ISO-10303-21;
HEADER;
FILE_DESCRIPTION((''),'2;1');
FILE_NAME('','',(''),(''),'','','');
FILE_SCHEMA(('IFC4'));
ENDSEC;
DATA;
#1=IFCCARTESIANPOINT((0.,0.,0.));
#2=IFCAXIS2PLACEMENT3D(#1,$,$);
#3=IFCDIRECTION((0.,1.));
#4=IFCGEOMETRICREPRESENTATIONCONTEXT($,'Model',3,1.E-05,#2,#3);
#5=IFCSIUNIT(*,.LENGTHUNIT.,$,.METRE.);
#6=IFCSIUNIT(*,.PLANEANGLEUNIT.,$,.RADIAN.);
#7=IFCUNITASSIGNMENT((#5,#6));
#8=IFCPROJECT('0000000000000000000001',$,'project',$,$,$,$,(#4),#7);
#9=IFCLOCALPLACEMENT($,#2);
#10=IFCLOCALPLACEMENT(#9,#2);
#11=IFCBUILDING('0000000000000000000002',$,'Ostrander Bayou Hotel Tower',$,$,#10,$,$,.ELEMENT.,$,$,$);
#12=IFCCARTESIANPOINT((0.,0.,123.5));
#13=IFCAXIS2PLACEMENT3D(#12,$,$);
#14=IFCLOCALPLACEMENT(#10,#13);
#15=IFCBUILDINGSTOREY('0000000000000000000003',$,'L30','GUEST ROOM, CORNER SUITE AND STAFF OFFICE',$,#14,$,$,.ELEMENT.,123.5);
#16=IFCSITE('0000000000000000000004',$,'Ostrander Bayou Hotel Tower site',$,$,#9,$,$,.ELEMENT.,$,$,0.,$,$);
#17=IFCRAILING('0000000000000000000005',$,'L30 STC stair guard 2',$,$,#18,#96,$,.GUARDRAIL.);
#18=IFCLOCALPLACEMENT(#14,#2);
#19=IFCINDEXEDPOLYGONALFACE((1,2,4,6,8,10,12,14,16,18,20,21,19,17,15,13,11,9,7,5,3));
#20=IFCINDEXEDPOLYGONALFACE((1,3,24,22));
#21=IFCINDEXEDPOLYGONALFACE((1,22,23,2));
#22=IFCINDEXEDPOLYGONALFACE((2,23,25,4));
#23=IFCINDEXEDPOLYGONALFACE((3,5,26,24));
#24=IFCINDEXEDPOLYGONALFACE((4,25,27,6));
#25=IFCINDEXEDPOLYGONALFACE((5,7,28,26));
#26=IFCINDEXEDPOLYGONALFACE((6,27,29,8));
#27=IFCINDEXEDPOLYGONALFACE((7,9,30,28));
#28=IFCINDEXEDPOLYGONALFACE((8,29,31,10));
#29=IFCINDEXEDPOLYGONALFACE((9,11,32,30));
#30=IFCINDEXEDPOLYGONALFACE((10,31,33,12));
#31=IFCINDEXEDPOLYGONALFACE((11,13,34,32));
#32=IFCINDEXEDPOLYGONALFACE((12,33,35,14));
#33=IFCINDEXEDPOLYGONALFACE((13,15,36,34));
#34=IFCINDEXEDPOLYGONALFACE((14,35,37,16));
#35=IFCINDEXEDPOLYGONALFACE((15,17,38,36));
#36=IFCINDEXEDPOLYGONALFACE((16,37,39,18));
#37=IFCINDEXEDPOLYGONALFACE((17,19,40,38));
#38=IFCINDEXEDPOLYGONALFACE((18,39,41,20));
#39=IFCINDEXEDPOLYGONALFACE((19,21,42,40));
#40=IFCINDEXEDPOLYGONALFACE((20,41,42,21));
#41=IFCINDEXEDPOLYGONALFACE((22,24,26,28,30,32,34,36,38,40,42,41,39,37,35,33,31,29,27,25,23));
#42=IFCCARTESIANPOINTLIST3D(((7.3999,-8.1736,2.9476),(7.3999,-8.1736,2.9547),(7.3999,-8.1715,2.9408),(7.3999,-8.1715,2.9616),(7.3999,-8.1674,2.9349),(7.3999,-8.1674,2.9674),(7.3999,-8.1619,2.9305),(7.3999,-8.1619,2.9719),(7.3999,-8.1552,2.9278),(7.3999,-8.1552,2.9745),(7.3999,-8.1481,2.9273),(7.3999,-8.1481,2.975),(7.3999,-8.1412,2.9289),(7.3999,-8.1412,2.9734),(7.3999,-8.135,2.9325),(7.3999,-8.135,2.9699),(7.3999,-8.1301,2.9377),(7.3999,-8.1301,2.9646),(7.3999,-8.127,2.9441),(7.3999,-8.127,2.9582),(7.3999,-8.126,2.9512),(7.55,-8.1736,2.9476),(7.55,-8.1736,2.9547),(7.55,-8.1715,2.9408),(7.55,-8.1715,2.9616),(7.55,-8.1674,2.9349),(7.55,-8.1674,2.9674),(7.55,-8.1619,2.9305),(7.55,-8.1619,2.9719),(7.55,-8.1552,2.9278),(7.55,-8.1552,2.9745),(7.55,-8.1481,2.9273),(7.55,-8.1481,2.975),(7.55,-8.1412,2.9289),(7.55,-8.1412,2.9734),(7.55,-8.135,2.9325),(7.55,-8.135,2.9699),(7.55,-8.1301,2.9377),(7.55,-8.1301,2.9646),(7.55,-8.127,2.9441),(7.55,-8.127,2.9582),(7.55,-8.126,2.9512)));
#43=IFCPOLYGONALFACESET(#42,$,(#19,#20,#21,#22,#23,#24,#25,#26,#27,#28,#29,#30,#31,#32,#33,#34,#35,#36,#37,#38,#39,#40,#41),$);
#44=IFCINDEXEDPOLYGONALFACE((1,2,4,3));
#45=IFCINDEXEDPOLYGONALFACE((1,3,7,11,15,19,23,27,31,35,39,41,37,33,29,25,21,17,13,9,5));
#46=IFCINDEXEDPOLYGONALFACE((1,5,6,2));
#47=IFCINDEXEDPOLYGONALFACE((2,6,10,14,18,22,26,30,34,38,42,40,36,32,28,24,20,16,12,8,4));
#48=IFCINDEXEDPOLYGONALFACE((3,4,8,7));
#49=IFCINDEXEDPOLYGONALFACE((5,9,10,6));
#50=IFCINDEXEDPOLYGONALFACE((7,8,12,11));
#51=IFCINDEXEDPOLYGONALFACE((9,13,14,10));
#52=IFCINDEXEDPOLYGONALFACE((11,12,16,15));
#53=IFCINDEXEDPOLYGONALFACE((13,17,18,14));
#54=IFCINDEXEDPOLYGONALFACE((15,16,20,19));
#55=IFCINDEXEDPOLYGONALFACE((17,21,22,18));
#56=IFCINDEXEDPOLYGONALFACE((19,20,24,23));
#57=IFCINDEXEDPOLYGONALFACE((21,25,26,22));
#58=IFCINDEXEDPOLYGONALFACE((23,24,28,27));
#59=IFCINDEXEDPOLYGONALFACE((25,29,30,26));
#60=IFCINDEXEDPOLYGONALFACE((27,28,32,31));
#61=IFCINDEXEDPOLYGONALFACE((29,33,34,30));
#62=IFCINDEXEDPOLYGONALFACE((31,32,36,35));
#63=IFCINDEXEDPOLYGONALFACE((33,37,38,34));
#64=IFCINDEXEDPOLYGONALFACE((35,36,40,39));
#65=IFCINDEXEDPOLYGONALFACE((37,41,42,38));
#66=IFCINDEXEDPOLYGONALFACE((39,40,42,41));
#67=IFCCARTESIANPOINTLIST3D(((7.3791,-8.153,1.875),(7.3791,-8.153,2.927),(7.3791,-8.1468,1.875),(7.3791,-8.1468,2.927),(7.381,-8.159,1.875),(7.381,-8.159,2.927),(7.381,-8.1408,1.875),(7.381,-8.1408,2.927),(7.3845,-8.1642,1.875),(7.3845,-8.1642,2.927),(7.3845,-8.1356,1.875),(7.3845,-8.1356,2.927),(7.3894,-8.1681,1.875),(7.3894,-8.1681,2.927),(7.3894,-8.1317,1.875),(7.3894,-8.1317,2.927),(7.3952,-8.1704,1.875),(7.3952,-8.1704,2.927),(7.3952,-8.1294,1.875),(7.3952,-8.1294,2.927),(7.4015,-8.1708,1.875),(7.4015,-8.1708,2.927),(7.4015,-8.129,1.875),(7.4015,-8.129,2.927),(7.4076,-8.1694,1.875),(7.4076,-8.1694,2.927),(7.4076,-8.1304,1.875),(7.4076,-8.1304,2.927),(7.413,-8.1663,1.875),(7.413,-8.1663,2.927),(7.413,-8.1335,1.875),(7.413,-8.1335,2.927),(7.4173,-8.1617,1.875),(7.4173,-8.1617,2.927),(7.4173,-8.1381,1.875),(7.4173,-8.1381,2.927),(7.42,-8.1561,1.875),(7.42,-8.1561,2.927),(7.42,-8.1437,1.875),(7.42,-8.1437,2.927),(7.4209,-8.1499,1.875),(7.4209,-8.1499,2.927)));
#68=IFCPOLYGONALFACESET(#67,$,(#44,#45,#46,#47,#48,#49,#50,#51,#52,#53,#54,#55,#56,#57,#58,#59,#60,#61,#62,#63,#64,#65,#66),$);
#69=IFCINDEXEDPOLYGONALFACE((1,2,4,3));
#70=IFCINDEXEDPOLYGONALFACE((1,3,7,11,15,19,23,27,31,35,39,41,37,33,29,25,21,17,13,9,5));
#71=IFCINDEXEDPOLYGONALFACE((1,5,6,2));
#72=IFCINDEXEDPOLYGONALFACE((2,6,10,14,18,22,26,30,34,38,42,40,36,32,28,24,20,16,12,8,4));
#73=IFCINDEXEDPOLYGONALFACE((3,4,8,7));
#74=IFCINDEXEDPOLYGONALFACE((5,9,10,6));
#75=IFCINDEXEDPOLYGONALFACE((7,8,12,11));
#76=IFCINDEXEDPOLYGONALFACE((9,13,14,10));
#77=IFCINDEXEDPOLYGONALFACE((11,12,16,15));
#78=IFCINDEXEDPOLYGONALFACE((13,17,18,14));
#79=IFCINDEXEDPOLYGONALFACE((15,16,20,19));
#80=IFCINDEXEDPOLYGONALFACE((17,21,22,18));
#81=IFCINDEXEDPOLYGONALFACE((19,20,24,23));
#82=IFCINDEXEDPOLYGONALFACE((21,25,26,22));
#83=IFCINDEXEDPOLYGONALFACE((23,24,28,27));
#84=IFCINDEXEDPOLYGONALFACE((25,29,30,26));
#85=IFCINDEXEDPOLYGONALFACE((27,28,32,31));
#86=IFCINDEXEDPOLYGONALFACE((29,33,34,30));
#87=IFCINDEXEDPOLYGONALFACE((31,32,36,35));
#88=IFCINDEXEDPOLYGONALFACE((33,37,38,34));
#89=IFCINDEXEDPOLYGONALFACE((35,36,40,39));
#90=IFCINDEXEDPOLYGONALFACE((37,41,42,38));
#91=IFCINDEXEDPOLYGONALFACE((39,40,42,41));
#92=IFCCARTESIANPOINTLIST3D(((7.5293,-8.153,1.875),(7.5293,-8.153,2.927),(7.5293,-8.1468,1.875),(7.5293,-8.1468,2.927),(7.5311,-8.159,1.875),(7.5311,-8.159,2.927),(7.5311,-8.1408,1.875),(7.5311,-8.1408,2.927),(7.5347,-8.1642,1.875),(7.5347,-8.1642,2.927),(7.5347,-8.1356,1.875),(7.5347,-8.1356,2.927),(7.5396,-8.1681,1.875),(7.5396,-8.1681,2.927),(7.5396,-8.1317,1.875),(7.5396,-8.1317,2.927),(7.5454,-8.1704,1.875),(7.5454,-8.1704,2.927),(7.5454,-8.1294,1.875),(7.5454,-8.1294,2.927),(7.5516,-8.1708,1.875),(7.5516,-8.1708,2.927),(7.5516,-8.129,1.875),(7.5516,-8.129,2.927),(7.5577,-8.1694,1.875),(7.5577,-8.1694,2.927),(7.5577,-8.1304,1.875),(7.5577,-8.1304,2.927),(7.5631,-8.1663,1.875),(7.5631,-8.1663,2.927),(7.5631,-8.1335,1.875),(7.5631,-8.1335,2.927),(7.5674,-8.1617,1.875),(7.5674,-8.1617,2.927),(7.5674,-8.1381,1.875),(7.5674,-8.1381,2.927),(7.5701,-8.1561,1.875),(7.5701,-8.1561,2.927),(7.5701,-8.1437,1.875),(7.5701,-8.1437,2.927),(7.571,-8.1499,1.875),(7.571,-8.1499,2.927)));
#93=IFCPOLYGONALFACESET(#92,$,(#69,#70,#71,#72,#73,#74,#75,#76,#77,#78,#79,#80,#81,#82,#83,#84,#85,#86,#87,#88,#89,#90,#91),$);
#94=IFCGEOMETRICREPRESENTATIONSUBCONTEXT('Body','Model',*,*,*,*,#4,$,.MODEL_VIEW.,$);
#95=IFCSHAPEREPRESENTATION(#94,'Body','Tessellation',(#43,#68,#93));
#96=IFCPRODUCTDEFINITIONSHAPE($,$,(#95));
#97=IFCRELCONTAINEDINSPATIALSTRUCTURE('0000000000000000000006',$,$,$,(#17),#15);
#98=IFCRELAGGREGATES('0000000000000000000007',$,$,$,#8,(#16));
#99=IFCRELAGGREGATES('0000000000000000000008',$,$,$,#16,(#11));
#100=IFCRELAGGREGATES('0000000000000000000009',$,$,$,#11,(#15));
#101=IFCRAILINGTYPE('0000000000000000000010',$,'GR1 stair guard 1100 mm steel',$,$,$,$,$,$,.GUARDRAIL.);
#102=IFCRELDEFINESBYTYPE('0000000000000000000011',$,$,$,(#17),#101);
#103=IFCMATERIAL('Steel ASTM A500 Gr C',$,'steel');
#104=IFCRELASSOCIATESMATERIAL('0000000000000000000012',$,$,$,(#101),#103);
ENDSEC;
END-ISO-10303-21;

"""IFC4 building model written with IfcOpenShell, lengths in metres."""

from ifc_helpers import new_model, si_unit, direction, frame, origin, origin_2d, place, context, subcontext, project, spatial, circle, extrude, material, type_object, element, save


model = new_model("IFC4")

# Units and contexts
model_context = context("Model", 3, precision=1e-05, world=origin(), true_north=direction((0.0, 1.0)))
body_context = subcontext(model_context, "Body", "Model", "MODEL_VIEW")
ifc_project = project(units=[si_unit("LENGTHUNIT", "METRE"), si_unit("PLANEANGLEUNIT", "RADIAN")], contexts=[model_context])

# Site, building, storey
site_placement = place(None, origin())
site = spatial("IfcSite", under=ifc_project, at=site_placement, Name="Ostrander Bayou Hotel Tower site", CompositionType="ELEMENT", RefElevation=0.0)
building_placement = place(site_placement, origin())
building = spatial("IfcBuilding", under=site, at=building_placement, Name="Ostrander Bayou Hotel Tower", CompositionType="ELEMENT")
storey_placement = place(building_placement, frame((0.0, 0.0, 123.5)))
storey = spatial("IfcBuildingStorey", under=building, at=storey_placement, Name="L30", Description="GUEST ROOM, CORNER SUITE AND STAFF OFFICE", CompositionType="ELEMENT", Elevation=123.5)

# Railing
ifc_material_1 = material(Name="Steel ASTM A500 Gr C", Category="steel")
railing_type_1 = type_object("IfcRailingType", Name="GR1 stair guard 1100 mm steel", PredefinedType="GUARDRAIL", material=ifc_material_1)
railing_1_placement = place(storey_placement, frame((7.3999, -8.1499, 1.875)))
element("IfcRailing", 1, at=railing_1_placement, inside=storey, type_object=railing_type_1, Name="L30 STC stair guard 2", PredefinedType="GUARDRAIL", context=body_context, shape_type="SweptSolid", body=[
    extrude(circle(Radius=0.0239, at=origin_2d()), frame((0.0, 0.0, 1.0762), z_axis=(1.0, 0.0, 0.0), x_axis=(0.0, 1.0, 0.0)), (0.0, 0.0, 1.0), 0.1501),
    extrude(circle(Radius=0.021, at=origin_2d()), origin(), (0.0, 0.0, 1.0), 1.052),
    extrude(circle(Radius=0.021, at=origin_2d()), frame((0.1501, 0.0, 0.0)), (0.0, 0.0, 1.0), 1.052),
])

save(model, "model.ifc")
